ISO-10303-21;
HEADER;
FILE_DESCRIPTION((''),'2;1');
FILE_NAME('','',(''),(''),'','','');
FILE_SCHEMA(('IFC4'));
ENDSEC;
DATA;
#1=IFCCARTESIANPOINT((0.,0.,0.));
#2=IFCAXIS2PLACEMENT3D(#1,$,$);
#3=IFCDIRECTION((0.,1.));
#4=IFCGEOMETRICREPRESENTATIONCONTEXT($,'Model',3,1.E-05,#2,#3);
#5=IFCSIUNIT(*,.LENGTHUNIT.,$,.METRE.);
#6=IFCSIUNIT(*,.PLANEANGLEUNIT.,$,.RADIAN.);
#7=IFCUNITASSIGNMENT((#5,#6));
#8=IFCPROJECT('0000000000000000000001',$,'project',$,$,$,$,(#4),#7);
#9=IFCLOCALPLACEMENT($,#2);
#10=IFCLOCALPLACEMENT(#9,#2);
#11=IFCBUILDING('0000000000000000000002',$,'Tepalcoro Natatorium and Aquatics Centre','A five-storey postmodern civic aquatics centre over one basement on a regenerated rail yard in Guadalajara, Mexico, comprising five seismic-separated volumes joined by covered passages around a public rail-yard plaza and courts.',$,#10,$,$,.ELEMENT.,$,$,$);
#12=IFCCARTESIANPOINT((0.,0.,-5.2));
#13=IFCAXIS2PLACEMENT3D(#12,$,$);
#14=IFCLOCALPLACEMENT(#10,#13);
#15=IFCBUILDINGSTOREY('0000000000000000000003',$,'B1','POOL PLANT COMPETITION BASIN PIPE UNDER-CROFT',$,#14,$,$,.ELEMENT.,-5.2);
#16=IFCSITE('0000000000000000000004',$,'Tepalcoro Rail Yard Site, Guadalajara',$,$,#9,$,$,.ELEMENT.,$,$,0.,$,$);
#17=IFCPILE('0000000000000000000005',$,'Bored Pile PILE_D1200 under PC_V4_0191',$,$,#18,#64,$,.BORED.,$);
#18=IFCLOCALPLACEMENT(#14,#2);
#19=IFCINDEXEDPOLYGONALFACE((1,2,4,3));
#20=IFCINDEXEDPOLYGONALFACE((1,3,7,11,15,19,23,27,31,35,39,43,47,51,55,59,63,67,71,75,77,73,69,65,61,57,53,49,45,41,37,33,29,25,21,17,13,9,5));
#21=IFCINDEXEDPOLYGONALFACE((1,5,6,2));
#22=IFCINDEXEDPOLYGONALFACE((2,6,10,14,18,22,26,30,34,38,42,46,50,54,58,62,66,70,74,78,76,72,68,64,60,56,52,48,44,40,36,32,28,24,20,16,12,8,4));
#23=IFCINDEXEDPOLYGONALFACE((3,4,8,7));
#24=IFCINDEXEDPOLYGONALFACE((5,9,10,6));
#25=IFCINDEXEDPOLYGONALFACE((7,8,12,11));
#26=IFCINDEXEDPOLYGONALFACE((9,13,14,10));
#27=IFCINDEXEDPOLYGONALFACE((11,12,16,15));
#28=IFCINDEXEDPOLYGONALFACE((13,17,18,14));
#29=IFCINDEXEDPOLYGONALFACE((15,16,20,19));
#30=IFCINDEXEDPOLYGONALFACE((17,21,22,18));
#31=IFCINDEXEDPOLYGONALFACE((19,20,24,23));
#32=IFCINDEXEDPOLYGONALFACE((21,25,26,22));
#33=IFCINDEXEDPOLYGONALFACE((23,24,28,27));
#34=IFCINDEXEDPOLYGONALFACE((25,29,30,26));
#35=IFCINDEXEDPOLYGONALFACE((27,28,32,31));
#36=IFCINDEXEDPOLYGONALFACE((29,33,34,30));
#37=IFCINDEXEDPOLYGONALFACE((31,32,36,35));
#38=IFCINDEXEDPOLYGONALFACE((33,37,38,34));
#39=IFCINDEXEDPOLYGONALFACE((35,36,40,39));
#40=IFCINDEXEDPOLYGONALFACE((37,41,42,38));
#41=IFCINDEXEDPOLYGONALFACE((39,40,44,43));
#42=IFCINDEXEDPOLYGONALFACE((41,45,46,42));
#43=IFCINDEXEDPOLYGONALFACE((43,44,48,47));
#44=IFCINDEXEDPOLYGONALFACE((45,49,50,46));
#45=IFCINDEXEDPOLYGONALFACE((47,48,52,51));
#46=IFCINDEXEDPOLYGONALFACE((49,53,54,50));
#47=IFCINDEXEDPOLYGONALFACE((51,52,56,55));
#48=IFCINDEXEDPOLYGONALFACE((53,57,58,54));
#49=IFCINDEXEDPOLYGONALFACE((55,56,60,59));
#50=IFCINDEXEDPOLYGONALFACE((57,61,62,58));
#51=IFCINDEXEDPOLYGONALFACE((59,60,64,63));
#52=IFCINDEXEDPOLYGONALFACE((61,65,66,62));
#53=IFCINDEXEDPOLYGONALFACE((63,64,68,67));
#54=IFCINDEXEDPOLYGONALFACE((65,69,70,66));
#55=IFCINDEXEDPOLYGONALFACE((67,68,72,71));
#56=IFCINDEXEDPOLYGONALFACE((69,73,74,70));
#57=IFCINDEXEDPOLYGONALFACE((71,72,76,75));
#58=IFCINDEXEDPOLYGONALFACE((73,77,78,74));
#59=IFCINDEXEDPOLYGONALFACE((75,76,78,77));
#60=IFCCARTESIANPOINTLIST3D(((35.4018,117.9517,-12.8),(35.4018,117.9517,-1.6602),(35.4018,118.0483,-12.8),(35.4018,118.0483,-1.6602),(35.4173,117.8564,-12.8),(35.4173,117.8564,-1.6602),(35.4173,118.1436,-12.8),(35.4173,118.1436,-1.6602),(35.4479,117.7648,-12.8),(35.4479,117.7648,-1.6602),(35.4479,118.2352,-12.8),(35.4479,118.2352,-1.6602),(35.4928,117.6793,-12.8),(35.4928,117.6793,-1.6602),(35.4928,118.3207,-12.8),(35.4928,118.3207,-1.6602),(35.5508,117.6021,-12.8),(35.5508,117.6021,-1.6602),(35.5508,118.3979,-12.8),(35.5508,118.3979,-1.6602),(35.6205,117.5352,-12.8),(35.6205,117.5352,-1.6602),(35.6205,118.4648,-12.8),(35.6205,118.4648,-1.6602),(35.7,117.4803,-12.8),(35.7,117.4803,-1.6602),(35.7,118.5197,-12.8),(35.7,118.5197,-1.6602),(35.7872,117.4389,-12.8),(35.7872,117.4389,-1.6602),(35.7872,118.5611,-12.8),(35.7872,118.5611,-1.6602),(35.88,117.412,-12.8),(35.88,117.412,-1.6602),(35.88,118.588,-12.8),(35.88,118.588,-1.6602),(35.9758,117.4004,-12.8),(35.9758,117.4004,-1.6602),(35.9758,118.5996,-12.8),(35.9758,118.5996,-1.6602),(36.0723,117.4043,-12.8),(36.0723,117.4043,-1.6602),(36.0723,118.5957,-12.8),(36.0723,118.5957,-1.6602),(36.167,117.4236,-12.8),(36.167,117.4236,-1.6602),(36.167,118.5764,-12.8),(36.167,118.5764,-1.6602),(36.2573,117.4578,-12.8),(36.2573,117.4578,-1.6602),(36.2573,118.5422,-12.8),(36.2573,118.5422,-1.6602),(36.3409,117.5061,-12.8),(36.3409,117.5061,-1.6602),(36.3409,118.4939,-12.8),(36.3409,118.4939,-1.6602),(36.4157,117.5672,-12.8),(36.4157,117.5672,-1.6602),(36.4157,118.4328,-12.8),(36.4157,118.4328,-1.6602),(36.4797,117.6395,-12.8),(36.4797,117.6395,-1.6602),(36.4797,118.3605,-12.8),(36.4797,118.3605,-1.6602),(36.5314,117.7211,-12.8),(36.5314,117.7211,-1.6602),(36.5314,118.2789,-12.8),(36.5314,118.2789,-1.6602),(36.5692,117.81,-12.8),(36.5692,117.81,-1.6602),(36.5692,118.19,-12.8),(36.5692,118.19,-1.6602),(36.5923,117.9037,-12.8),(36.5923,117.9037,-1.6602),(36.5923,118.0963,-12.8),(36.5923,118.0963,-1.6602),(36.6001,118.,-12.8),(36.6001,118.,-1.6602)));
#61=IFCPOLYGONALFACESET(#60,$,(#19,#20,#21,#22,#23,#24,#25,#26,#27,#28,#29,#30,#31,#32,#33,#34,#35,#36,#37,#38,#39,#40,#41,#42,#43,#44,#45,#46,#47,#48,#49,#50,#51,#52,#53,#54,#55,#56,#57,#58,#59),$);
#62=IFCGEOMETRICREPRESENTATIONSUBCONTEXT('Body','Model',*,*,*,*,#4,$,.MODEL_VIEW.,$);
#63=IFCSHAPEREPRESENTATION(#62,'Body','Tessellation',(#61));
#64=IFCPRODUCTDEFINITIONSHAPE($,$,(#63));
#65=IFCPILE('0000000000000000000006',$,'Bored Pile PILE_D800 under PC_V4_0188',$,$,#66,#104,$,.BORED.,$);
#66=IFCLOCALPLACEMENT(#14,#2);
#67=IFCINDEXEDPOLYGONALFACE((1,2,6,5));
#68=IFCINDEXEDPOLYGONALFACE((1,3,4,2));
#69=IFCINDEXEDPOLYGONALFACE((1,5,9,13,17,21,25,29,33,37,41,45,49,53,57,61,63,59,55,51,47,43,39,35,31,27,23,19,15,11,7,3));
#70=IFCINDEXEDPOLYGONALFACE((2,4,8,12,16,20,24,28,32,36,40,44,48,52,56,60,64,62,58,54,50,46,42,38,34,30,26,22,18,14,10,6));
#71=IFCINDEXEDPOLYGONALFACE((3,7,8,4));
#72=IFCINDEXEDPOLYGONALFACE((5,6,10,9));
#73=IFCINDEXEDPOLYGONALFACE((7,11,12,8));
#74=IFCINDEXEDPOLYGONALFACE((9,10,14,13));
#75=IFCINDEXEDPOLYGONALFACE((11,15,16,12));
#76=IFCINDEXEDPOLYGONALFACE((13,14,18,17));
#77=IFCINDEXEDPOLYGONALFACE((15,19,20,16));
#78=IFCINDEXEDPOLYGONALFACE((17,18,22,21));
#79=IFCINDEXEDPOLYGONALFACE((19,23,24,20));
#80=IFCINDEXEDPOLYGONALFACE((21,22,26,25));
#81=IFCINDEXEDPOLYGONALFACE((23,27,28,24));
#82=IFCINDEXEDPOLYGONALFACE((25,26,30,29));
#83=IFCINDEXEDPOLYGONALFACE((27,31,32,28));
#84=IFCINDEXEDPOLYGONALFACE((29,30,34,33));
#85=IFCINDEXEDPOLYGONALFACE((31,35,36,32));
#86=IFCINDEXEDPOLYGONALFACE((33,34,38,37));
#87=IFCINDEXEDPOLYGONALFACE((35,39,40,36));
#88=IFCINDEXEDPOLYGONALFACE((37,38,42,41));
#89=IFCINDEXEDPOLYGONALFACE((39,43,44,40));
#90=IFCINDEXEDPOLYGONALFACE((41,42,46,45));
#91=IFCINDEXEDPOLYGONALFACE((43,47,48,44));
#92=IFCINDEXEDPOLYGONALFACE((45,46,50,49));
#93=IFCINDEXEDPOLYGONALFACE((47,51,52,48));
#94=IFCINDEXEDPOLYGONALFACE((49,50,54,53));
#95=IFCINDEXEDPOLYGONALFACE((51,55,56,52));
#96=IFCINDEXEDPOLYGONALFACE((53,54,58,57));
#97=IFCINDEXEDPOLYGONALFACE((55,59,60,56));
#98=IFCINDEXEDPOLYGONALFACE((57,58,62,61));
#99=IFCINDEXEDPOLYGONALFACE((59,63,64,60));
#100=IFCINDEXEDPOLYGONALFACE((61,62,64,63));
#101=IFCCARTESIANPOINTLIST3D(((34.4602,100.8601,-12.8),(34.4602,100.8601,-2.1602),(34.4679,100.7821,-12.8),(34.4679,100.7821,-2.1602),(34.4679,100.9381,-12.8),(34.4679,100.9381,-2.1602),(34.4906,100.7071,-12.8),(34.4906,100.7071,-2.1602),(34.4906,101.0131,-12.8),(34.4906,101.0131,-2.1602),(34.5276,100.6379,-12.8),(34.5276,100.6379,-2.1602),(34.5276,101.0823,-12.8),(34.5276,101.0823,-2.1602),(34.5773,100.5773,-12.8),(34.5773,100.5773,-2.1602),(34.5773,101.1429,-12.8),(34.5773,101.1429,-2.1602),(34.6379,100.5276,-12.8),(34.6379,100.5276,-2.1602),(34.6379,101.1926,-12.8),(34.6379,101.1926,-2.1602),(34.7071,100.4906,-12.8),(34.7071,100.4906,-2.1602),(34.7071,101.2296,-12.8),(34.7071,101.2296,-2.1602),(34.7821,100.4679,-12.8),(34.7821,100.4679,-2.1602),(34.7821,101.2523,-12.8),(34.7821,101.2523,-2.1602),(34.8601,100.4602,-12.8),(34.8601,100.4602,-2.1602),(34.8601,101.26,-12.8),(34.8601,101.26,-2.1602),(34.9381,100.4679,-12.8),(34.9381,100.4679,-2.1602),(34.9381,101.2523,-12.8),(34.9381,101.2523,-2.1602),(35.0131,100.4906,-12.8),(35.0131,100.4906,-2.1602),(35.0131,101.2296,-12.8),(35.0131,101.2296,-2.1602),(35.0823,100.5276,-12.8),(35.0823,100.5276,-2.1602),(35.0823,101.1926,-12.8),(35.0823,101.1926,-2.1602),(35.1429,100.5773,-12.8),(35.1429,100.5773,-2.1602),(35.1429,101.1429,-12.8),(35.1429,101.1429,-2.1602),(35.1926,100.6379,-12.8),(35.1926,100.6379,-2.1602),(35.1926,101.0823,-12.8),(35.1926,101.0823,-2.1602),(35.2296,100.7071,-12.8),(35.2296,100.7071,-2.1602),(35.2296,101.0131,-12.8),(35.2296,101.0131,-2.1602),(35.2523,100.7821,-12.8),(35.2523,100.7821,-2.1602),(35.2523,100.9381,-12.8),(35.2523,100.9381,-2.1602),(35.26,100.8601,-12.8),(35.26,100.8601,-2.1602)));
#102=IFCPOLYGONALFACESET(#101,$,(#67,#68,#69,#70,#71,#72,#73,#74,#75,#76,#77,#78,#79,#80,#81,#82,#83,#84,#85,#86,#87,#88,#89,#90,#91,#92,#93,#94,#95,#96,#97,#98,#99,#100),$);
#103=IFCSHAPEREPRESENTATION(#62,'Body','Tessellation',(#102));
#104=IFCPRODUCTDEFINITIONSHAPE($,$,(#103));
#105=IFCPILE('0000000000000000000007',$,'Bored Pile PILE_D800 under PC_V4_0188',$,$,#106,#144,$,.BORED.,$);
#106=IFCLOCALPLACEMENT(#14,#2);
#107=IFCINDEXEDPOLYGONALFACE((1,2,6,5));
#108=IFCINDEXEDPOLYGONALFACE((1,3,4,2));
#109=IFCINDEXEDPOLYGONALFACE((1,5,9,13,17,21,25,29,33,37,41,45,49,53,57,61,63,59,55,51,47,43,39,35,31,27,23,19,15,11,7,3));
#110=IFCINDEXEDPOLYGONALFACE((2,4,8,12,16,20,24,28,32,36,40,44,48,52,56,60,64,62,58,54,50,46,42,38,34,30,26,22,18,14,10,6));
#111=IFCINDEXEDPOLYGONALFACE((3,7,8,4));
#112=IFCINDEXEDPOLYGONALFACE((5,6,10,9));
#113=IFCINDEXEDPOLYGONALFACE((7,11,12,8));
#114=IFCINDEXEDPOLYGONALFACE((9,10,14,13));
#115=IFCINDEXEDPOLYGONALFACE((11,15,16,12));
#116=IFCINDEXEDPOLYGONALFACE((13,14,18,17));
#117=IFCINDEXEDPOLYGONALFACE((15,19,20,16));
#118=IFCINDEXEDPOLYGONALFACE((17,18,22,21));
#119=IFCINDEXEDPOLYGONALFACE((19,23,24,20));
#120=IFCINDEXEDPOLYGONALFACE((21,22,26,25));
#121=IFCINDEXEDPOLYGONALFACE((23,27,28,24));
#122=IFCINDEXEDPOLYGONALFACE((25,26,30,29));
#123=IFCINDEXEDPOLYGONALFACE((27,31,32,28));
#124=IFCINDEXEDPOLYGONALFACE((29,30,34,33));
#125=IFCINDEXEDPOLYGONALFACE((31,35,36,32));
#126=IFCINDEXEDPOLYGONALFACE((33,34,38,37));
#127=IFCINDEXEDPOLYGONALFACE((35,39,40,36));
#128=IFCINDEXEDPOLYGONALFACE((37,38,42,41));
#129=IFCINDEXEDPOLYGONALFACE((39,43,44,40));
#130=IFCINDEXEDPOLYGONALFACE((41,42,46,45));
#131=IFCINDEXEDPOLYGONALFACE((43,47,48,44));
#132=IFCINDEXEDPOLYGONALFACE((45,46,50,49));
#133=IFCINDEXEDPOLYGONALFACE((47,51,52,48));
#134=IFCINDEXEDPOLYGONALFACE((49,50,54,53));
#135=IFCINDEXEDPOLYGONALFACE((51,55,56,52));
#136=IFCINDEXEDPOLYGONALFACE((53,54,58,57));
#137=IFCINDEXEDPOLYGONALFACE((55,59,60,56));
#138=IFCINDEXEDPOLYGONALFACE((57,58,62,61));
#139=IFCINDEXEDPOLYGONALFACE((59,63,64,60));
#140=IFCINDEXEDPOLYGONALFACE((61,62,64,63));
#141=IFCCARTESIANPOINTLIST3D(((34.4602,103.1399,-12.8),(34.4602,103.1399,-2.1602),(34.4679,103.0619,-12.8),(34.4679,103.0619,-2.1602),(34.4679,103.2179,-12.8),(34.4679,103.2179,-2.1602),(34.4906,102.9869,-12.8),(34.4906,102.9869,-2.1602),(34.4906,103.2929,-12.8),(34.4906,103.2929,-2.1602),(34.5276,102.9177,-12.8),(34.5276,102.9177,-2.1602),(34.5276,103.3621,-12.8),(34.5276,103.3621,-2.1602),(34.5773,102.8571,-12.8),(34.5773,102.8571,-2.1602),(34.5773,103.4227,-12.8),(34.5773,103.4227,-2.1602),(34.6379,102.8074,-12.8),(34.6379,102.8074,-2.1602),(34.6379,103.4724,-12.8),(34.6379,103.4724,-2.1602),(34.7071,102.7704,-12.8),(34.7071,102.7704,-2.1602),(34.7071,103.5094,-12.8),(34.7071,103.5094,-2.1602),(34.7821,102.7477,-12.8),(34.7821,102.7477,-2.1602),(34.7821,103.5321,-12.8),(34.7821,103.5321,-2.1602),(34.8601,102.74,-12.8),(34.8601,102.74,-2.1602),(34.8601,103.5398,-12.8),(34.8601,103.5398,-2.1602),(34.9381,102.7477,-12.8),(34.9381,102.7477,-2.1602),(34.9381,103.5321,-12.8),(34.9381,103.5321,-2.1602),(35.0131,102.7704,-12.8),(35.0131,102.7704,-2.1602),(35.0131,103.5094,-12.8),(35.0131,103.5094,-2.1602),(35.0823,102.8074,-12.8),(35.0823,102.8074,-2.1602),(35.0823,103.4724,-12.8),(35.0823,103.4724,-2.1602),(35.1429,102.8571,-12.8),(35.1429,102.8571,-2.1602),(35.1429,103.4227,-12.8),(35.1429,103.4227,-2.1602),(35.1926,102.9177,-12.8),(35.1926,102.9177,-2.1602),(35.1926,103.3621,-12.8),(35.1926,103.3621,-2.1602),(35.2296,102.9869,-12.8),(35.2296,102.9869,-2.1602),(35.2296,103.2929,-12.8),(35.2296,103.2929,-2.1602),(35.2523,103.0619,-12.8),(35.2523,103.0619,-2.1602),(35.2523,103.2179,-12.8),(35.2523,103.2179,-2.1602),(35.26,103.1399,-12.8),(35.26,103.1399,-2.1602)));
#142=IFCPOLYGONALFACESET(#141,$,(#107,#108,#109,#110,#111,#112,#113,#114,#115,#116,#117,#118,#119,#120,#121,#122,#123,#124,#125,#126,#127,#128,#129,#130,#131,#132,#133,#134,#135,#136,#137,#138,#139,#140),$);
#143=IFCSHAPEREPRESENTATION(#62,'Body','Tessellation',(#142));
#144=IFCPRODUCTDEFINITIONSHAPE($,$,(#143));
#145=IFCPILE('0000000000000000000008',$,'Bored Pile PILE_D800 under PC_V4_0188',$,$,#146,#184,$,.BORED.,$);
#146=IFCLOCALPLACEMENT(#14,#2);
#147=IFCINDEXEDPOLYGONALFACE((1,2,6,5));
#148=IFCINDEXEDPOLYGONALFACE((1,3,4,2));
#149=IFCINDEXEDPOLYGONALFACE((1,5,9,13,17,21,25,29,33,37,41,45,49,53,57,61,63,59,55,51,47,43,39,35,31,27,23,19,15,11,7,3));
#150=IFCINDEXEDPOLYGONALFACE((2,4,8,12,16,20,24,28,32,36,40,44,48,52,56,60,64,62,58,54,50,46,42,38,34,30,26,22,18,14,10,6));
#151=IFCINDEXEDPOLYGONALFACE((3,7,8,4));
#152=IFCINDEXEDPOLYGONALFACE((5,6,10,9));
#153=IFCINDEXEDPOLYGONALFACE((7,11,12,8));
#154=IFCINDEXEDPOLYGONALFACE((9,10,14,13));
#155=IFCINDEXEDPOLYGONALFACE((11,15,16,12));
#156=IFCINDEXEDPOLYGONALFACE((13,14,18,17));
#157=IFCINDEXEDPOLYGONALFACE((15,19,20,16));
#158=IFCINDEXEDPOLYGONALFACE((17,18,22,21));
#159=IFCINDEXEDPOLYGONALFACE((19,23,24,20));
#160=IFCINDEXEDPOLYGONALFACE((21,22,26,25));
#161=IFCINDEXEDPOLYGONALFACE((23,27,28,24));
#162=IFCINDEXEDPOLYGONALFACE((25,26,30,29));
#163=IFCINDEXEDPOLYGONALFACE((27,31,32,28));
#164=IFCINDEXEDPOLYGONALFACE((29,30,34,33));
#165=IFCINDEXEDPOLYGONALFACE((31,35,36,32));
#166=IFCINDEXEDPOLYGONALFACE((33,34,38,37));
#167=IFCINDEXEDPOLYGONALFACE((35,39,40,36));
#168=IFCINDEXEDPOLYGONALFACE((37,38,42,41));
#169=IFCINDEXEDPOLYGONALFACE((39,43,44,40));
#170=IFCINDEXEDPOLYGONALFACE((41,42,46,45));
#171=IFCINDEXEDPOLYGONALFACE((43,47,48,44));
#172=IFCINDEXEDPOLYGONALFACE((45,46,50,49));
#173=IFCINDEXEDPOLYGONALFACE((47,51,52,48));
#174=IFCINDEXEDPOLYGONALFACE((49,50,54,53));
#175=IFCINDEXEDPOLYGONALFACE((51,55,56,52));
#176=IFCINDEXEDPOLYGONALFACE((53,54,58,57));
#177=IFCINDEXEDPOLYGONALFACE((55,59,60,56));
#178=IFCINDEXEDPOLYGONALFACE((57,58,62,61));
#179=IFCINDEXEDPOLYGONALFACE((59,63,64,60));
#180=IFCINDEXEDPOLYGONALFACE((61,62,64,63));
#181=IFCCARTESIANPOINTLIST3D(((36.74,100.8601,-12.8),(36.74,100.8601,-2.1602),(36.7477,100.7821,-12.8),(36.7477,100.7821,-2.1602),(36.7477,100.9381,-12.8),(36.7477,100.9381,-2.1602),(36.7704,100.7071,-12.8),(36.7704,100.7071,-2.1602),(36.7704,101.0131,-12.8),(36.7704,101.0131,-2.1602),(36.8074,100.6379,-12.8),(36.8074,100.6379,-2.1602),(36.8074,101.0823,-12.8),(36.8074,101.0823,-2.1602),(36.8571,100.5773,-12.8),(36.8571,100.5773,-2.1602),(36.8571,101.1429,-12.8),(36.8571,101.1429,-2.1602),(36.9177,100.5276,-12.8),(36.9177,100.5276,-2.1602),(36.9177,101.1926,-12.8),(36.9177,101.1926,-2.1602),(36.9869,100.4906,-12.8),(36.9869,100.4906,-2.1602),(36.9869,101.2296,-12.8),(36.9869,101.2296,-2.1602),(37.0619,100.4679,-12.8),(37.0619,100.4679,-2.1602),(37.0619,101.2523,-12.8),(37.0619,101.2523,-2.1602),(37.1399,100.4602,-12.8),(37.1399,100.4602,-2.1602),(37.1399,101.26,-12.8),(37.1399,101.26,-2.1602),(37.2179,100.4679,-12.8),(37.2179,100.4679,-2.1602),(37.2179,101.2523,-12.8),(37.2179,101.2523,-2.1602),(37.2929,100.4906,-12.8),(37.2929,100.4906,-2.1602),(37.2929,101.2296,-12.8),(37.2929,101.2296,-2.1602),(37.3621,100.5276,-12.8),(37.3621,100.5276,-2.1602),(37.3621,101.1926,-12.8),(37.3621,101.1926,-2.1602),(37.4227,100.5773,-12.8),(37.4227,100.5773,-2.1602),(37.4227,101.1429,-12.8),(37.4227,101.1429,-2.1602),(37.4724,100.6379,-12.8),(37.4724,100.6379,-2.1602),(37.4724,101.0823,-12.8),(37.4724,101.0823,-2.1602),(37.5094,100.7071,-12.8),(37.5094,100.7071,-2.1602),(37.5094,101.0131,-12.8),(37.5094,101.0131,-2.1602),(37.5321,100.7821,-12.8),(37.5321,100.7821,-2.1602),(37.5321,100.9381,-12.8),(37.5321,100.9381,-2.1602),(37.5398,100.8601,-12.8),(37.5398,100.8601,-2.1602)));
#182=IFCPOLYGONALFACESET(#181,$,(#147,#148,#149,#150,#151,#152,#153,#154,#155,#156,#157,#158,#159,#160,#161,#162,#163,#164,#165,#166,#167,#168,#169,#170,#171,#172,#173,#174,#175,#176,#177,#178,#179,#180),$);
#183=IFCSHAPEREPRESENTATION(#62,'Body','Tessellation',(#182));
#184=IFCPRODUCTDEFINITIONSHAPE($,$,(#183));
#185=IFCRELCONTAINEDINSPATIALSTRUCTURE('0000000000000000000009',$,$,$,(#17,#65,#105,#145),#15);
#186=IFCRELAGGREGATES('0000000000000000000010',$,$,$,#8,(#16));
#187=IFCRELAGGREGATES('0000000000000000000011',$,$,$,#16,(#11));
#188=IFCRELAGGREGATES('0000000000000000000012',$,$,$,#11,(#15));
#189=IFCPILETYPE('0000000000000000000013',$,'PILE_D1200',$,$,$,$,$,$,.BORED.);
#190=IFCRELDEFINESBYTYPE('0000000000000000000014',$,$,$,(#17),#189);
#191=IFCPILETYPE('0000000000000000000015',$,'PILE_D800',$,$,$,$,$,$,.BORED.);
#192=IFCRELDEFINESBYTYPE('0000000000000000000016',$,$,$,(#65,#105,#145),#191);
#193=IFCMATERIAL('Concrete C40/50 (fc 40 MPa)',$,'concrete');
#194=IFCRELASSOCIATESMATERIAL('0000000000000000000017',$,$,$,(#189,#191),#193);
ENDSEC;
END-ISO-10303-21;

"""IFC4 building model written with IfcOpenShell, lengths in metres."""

from ifc_helpers import new_model, si_unit, direction, frame, origin, origin_2d, place, context, subcontext, project, spatial, circle, extrude, material, material_profile, profile_set, type_object, element, save


model = new_model("IFC4")

# Units and contexts
model_context = context("Model", 3, precision=1e-05, world=origin(), true_north=direction((0.0, 1.0)))
body_context = subcontext(model_context, "Body", "Model", "MODEL_VIEW")
ifc_project = project(units=[si_unit("LENGTHUNIT", "METRE"), si_unit("PLANEANGLEUNIT", "RADIAN")], contexts=[model_context])

# Site, building, storey
site_placement = place(None, origin())
site = spatial("IfcSite", under=ifc_project, at=site_placement, Name="Tepalcoro Rail Yard Site, Guadalajara", CompositionType="ELEMENT", RefElevation=0.0)
building_placement = place(site_placement, origin())
building = spatial("IfcBuilding", under=site, at=building_placement, Name="Tepalcoro Natatorium and Aquatics Centre", Description="A five-storey postmodern civic aquatics centre over one basement on a regenerated rail yard in Guadalajara, Mexico, comprising five seismic-separated volumes joined by covered passages around a public rail-yard plaza and courts.", CompositionType="ELEMENT")
storey_placement = place(building_placement, frame((0.0, 0.0, -5.2)))
storey = spatial("IfcBuildingStorey", under=building, at=storey_placement, Name="B1", Description="POOL PLANT COMPETITION BASIN PIPE UNDER-CROFT", CompositionType="ELEMENT", Elevation=-5.2)

# Piles
ifc_material_1 = material(Name="Concrete C40/50 (fc 40 MPa)", Category="concrete")
ifc_material_profile_1 = material_profile(ifc_material_1, circle(Radius=0.6001, at=origin_2d()), Name="PILE_D1200")
ifc_profile_set_1 = profile_set([ifc_material_profile_1], Name="Concrete C40/50 (fc 40 MPa)")
pile_type_1 = type_object("IfcPileType", Name="PILE_D1200", PredefinedType="BORED", material=ifc_profile_set_1)
pile_1_placement = place(storey_placement, frame((36.0, 118.0, -1.6602), z_axis=(0.0, 0.0, -1.0), x_axis=(1.0, 0.0, 0.0)))
element("IfcPile", 1, at=pile_1_placement, inside=storey, type_object=pile_type_1, Name="Bored Pile PILE_D1200 under PC_V4_0191", PredefinedType="BORED", context=body_context, shape_type="SweptSolid", body=[
    extrude(circle(Radius=0.6001, at=origin_2d()), origin(), (0.0, 0.0, 1.0), 11.1399),
])
ifc_material_profile_2 = material_profile(ifc_material_1, circle(Radius=0.3999, at=origin_2d()), Name="PILE_D800")
ifc_profile_set_2 = profile_set([ifc_material_profile_2], Name="Concrete C40/50 (fc 40 MPa)")
pile_type_2 = type_object("IfcPileType", Name="PILE_D800", PredefinedType="BORED", material=ifc_profile_set_2)
for number, where, z_axis, x_axis, name in (
    (2, (34.8601, 100.8601, -2.1602), (0.0, 0.0, -1.0), (1.0, 0.0, 0.0), "Bored Pile PILE_D800 under PC_V4_0188"),
    (3, (34.8601, 103.1399, -2.1602), (0.0, 0.0, -1.0), (1.0, 0.0, 0.0), "Bored Pile PILE_D800 under PC_V4_0188"),
    (4, (37.1399, 100.8601, -2.1602), (0.0, 0.0, -1.0), (1.0, 0.0, 0.0), "Bored Pile PILE_D800 under PC_V4_0188"),
):
    element("IfcPile", number, at=place(storey_placement, frame(where, z_axis=z_axis, x_axis=x_axis)), inside=storey, type_object=pile_type_2, Name=name, PredefinedType="BORED", context=body_context, shape_type="SweptSolid", body=[
        extrude(circle(Radius=0.3999, at=origin_2d()), origin(), (0.0, 0.0, 1.0), 10.6399),
    ])

save(model, "model.ifc")
